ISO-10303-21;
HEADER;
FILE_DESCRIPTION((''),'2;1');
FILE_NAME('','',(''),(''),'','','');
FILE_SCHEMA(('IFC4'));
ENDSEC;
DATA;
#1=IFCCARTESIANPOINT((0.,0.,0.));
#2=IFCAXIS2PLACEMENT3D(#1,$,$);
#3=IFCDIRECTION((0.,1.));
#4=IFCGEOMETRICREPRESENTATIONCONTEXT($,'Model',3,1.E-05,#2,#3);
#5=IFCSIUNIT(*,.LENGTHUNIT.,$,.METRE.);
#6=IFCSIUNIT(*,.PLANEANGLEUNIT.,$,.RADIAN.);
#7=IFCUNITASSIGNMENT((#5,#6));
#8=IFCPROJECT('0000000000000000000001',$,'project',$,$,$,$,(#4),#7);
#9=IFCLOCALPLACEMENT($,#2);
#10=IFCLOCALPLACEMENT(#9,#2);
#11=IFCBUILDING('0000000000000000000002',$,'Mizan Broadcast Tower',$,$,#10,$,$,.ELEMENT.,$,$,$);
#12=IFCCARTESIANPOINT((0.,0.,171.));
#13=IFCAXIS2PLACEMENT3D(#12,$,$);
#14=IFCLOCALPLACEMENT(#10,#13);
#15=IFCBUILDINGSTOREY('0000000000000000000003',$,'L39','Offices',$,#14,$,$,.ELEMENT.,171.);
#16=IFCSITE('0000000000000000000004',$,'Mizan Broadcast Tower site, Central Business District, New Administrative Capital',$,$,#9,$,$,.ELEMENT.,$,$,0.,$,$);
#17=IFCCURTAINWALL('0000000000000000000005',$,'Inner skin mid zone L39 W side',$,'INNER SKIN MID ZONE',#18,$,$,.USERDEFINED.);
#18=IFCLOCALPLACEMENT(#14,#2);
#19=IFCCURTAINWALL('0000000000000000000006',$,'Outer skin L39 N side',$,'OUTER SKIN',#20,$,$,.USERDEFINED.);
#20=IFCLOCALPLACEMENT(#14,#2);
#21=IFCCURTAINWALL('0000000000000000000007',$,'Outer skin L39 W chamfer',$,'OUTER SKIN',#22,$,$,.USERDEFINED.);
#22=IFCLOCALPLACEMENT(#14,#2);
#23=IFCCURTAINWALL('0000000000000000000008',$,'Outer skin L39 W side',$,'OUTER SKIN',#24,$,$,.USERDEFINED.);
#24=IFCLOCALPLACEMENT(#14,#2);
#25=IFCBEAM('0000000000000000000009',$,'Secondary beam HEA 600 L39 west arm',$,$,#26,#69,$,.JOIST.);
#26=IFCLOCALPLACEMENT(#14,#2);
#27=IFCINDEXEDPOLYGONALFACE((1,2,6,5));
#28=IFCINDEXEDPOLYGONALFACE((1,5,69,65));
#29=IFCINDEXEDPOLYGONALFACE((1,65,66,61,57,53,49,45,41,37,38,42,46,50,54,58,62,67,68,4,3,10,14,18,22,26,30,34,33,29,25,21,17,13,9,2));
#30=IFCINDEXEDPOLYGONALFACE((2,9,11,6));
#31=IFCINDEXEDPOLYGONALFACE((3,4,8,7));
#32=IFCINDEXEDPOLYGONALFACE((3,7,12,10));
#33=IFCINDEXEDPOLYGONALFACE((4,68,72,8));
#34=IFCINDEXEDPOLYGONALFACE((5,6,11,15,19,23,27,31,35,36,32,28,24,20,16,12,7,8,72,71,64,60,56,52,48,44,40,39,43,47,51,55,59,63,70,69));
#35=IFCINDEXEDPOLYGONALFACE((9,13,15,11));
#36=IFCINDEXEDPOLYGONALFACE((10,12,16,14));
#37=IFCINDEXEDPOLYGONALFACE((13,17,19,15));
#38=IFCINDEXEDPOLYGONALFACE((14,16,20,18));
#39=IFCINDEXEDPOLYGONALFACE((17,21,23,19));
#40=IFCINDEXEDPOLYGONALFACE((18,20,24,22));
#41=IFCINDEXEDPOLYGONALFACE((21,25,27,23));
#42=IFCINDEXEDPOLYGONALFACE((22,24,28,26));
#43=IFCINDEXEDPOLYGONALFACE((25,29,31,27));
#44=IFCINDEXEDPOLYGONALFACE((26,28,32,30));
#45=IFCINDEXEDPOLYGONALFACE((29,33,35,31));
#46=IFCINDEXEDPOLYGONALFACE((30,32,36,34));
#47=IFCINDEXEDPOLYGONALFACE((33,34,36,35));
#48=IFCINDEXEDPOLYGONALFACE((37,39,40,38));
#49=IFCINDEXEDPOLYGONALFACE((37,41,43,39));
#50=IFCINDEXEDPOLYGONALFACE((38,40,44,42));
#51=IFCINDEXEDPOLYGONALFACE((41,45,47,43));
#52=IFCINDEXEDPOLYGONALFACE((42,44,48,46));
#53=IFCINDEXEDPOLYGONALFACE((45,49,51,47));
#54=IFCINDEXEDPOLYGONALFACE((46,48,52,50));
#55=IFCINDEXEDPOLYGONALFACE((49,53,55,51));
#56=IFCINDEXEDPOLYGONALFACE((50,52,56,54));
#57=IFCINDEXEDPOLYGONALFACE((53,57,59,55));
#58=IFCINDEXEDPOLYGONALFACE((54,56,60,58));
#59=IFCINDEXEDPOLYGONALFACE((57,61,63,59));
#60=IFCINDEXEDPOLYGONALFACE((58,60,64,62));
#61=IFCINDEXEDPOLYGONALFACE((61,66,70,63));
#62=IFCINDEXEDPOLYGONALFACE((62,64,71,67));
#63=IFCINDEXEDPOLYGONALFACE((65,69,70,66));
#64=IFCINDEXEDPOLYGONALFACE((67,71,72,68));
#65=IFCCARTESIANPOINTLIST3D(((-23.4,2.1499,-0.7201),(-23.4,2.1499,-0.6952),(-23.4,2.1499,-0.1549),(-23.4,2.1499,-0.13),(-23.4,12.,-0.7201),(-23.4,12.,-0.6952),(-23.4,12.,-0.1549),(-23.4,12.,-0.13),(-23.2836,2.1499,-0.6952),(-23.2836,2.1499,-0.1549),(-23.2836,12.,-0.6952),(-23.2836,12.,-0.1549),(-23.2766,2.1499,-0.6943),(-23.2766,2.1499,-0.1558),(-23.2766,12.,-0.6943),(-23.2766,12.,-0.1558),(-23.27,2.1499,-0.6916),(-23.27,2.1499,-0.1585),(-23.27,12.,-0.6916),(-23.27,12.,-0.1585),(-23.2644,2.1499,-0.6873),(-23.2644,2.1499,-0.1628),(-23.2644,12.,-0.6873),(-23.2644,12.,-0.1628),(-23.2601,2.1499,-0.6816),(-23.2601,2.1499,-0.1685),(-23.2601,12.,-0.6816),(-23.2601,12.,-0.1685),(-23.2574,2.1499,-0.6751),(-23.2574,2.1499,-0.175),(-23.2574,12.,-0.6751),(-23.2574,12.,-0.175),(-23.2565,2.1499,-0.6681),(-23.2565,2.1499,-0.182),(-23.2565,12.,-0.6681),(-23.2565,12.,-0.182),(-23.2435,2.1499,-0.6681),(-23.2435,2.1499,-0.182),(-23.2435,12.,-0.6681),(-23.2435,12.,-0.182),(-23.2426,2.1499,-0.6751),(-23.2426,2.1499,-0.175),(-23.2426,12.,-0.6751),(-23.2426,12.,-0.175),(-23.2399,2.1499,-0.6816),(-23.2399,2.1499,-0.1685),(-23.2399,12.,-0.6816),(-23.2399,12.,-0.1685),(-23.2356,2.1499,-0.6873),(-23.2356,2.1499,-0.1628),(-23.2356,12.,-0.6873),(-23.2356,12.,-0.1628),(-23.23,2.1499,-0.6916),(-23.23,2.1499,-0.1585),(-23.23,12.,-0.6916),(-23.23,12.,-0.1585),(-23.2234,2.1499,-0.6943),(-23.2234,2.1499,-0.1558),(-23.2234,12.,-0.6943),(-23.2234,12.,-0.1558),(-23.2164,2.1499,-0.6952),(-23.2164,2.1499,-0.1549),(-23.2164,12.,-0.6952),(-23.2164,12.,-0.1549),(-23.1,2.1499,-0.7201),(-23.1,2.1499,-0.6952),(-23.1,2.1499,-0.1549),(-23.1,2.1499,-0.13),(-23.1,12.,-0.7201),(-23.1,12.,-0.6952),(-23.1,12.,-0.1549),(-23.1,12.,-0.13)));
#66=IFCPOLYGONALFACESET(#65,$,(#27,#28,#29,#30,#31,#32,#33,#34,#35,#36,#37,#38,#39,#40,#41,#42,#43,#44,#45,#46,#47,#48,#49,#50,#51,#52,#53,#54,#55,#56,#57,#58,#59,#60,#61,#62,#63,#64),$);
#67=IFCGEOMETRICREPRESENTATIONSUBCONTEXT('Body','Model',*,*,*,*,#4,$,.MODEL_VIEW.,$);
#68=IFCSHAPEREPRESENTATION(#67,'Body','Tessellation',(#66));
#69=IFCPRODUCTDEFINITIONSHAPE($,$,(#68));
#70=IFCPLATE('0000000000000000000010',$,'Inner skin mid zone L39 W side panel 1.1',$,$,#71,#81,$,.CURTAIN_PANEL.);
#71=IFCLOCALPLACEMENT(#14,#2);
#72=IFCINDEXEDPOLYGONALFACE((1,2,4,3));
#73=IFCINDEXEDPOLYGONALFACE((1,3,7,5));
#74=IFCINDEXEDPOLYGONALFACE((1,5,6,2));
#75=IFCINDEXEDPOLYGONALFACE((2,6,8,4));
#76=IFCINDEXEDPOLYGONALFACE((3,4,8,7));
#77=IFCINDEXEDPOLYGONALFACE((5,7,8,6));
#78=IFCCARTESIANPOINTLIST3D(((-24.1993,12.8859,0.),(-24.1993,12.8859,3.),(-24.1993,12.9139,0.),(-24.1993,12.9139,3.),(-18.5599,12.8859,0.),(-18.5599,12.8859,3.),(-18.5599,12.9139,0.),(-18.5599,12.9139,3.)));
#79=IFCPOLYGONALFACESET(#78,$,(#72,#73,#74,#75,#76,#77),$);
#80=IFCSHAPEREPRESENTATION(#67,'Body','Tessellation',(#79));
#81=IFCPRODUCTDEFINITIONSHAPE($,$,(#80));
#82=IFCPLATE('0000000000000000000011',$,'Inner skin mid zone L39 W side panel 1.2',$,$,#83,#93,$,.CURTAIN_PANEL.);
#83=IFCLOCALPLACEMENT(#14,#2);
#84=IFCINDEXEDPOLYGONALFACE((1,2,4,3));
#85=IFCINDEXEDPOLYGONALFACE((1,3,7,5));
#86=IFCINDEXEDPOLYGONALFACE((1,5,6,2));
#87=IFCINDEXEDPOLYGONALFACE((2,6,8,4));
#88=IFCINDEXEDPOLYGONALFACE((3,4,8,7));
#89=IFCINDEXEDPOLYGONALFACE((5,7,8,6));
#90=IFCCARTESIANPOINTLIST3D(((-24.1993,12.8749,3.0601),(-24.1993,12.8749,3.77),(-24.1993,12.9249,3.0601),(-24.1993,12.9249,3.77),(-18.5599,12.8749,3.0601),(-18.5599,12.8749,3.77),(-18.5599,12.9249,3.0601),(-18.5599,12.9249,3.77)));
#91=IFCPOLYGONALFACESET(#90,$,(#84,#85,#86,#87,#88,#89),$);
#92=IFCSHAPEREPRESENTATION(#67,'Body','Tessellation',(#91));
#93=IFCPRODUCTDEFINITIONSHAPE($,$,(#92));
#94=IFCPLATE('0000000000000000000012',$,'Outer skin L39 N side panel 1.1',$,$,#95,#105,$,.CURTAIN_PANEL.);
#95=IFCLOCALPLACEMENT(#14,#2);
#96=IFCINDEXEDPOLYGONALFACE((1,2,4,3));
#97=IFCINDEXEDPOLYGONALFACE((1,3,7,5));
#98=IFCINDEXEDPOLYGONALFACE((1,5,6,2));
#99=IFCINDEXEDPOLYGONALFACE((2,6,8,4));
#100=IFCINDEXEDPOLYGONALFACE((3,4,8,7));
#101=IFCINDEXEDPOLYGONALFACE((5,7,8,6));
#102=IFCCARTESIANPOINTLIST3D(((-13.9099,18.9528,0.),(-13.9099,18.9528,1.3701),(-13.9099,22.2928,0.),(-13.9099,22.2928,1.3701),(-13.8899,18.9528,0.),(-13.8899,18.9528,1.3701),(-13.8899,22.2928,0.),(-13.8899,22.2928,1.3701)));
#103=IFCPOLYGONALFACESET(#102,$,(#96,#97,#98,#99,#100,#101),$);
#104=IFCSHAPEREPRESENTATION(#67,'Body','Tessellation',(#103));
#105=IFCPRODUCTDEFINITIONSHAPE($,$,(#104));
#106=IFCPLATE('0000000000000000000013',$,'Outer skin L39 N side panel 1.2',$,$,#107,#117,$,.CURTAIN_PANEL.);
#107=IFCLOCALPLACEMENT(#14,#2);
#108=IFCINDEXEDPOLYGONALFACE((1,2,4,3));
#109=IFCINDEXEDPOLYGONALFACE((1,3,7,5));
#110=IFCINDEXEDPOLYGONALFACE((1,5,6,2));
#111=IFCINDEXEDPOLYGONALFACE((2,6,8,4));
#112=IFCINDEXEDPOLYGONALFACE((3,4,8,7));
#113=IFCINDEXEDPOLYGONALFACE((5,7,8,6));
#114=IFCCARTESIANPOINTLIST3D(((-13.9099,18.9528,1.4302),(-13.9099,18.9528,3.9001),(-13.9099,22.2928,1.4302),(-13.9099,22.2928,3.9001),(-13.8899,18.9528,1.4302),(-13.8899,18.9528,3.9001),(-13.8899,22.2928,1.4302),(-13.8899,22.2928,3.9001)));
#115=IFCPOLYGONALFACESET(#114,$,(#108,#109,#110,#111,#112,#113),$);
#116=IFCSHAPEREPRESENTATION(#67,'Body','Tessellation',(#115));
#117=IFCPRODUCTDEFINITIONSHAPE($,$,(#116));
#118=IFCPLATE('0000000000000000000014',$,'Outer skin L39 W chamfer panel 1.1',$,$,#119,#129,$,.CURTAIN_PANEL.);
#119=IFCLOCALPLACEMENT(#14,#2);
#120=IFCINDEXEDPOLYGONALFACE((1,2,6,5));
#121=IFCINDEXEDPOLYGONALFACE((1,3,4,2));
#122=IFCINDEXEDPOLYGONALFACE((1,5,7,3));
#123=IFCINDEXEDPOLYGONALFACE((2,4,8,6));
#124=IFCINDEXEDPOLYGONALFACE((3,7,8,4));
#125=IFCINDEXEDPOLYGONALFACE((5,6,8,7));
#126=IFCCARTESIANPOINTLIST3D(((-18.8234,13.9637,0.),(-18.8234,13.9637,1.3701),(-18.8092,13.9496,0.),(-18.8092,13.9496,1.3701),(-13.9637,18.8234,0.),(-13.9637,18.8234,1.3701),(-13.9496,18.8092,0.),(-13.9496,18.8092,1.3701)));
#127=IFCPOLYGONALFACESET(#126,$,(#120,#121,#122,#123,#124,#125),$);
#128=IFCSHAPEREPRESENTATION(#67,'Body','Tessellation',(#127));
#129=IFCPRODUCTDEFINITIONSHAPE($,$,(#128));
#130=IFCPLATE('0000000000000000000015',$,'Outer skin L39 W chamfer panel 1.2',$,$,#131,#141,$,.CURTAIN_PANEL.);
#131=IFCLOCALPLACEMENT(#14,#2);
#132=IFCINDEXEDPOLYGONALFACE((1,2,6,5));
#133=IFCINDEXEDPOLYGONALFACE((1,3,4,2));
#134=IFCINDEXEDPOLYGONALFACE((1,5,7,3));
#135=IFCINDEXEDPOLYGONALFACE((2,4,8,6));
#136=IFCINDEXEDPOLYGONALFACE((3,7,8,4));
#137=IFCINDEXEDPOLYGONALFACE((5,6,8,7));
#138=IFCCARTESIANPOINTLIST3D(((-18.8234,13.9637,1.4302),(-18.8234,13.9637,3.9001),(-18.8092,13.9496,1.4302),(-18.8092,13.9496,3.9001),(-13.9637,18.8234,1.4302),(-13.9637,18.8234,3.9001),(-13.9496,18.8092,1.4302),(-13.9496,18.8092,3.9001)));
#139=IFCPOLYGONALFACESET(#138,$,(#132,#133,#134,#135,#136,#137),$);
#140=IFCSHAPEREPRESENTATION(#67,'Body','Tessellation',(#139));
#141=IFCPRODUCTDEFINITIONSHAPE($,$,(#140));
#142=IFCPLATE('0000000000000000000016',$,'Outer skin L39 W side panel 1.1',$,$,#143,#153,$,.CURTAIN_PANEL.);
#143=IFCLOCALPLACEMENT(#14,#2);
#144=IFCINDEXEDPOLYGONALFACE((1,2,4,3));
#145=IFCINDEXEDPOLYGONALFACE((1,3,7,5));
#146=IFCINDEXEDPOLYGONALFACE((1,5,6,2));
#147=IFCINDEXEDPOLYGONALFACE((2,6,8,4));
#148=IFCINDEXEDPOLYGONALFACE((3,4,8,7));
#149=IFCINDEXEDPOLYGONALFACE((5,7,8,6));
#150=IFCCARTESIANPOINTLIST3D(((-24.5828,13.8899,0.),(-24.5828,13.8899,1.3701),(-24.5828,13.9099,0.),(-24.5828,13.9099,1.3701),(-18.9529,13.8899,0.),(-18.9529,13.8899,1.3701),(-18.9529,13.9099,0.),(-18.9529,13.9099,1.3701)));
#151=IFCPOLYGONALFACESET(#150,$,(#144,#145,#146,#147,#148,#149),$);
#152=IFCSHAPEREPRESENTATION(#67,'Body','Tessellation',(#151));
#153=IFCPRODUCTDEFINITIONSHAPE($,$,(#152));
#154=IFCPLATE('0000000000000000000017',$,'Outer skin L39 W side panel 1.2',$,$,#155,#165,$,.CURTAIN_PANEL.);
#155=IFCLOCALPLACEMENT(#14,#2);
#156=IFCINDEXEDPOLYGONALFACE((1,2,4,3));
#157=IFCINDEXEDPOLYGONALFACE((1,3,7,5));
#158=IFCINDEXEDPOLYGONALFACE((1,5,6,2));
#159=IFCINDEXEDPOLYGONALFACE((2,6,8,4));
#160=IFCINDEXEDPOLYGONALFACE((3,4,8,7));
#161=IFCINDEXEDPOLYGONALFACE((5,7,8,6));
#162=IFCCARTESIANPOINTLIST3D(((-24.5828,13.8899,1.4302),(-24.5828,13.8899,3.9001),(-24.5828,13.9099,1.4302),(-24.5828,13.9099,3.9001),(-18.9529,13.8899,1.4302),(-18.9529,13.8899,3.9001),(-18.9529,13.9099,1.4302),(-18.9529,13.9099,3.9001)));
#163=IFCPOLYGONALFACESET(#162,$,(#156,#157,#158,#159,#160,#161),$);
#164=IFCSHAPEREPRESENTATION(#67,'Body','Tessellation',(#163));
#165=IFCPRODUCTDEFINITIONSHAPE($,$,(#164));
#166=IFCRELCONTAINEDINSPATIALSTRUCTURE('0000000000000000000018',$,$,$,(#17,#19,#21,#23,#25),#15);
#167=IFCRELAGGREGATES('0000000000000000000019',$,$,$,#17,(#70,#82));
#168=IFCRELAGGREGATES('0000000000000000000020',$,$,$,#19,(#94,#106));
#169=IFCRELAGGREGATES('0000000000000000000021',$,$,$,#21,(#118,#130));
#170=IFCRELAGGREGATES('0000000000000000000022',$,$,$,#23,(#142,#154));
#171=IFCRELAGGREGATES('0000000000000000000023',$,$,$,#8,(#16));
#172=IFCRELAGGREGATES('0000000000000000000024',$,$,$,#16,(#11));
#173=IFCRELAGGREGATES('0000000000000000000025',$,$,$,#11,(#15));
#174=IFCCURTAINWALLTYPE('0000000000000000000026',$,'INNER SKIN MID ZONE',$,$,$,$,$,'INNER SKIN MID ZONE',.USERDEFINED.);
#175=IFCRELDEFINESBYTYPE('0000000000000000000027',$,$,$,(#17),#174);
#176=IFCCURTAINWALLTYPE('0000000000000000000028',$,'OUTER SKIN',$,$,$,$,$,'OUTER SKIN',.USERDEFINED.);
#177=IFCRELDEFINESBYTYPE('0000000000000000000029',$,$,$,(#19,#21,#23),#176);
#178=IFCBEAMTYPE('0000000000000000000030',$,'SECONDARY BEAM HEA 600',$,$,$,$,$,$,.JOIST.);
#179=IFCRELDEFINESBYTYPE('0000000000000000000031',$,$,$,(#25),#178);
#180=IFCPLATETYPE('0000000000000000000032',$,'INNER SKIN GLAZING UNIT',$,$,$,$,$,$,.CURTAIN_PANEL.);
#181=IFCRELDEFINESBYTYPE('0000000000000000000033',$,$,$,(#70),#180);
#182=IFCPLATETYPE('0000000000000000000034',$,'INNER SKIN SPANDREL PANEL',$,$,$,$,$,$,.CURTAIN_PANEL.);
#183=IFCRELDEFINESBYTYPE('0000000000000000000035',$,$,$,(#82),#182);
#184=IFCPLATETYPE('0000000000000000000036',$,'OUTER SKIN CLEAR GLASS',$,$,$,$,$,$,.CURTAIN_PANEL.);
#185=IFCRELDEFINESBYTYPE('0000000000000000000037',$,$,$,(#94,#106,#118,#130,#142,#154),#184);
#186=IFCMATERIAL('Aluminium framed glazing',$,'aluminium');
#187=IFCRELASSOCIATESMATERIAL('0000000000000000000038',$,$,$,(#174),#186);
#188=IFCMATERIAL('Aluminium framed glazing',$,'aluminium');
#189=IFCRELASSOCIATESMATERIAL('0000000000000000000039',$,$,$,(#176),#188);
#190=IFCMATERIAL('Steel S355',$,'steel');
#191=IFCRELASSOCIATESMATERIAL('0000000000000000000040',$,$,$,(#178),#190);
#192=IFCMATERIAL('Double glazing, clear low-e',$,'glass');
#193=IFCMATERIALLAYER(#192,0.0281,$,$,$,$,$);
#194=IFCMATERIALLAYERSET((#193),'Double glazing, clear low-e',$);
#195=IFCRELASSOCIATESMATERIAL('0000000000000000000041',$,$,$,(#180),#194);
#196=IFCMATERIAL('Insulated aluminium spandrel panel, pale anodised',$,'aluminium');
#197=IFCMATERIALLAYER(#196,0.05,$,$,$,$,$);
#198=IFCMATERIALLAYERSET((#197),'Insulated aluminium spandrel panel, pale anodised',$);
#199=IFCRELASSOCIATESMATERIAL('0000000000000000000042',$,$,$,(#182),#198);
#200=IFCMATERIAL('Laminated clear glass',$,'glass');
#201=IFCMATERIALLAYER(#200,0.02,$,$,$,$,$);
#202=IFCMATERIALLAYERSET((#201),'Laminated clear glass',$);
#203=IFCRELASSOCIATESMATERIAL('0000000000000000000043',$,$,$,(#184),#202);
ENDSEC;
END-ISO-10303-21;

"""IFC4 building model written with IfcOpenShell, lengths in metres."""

from ifc_helpers import new_model, si_unit, direction, frame, origin, origin_2d, place, context, subcontext, project, spatial, rectangle, i_section, extrude, material, layer, layer_set, material_profile, profile_set, type_object, element, aggregate, save


model = new_model("IFC4")

# Units and contexts
model_context = context("Model", 3, precision=1e-05, world=origin(), true_north=direction((0.0, 1.0)))
body_context = subcontext(model_context, "Body", "Model", "MODEL_VIEW")
ifc_project = project(units=[si_unit("LENGTHUNIT", "METRE"), si_unit("PLANEANGLEUNIT", "RADIAN")], contexts=[model_context])

# Site, building, storey
site_placement = place(None, origin())
site = spatial("IfcSite", under=ifc_project, at=site_placement, Name="Mizan Broadcast Tower site, Central Business District, New Administrative Capital", CompositionType="ELEMENT", RefElevation=0.0)
building_placement = place(site_placement, origin())
building = spatial("IfcBuilding", under=site, at=building_placement, Name="Mizan Broadcast Tower", CompositionType="ELEMENT")
storey_placement = place(building_placement, frame((0.0, 0.0, 171.0)))
storey = spatial("IfcBuildingStorey", under=building, at=storey_placement, Name="L39", Description="Offices", CompositionType="ELEMENT", Elevation=171.0)

# Curtain wall
ifc_material_1 = material(Name="Aluminium framed glazing", Category="aluminium")
curtain_wall_type_1 = type_object("IfcCurtainWallType", Name="INNER SKIN MID ZONE", ElementType="INNER SKIN MID ZONE", PredefinedType="USERDEFINED", material=ifc_material_1)
curtain_wall_1_placement = place(storey_placement, origin())
curtain_wall_1 = element("IfcCurtainWall", 1, at=curtain_wall_1_placement, inside=storey, type_object=curtain_wall_type_1, Name="Inner skin mid zone L39 W side", ObjectType="INNER SKIN MID ZONE", PredefinedType="USERDEFINED")

# Curtain walls
ifc_material_2 = material(Name="Aluminium framed glazing", Category="aluminium")
curtain_wall_type_2 = type_object("IfcCurtainWallType", Name="OUTER SKIN", ElementType="OUTER SKIN", PredefinedType="USERDEFINED", material=ifc_material_2)
curtain_wall_2_placement = place(storey_placement, origin())
curtain_wall_2 = element("IfcCurtainWall", 2, at=curtain_wall_2_placement, inside=storey, type_object=curtain_wall_type_2, Name="Outer skin L39 N side", ObjectType="OUTER SKIN", PredefinedType="USERDEFINED")
curtain_wall_3_placement = place(storey_placement, origin())
curtain_wall_3 = element("IfcCurtainWall", 3, at=curtain_wall_3_placement, inside=storey, type_object=curtain_wall_type_2, Name="Outer skin L39 W chamfer", ObjectType="OUTER SKIN", PredefinedType="USERDEFINED")
curtain_wall_4_placement = place(storey_placement, origin())
curtain_wall_4 = element("IfcCurtainWall", 4, at=curtain_wall_4_placement, inside=storey, type_object=curtain_wall_type_2, Name="Outer skin L39 W side", ObjectType="OUTER SKIN", PredefinedType="USERDEFINED")

# Beam
ifc_material_3 = material(Name="Steel S355", Category="steel")
ifc_material_profile_1 = material_profile(ifc_material_3, i_section(OverallWidth=0.3, OverallDepth=0.5901, WebThickness=0.0129, FlangeThickness=0.0249, FilletRadius=0.0271, at=origin_2d()), Name="HEA 600")
ifc_profile_set_1 = profile_set([ifc_material_profile_1], Name="Steel S355")
beam_type_1 = type_object("IfcBeamType", Name="SECONDARY BEAM HEA 600", PredefinedType="JOIST", material=ifc_profile_set_1)
for number, where, z_axis, x_axis, name in (
    (5, (-23.25, 12.0, -0.425), (0.0, -1.0, 0.0), (1.0, 0.0, 0.0), "Secondary beam HEA 600 L39 west arm"),
):
    element("IfcBeam", number, at=place(storey_placement, frame(where, z_axis=z_axis, x_axis=x_axis)), inside=storey, type_object=beam_type_1, Name=name, PredefinedType="JOIST", context=body_context, shape_type="SweptSolid", body=[
        extrude(i_section(OverallWidth=0.3, OverallDepth=0.5901, WebThickness=0.0129, FlangeThickness=0.0249, FilletRadius=0.0271, at=origin_2d()), origin(), (0.0, 0.0, 1.0), 9.8501),
    ])

# Plates
ifc_material_4 = material(Name="Double glazing, clear low-e", Category="glass")
ifc_layer_1 = layer(ifc_material_4, 0.0281)
ifc_layer_set_1 = layer_set([ifc_layer_1], Name="Double glazing, clear low-e")
plate_type_1 = type_object("IfcPlateType", Name="INNER SKIN GLAZING UNIT", PredefinedType="CURTAIN_PANEL", material=ifc_layer_set_1)
plate_1_placement = place(storey_placement, frame((-21.3796, 12.8999, 0.0), z_axis=(0.0, 0.0, 1.0), x_axis=(-1.0, 0.0, 0.0)))
plate_1 = element("IfcPlate", 6, at=plate_1_placement, type_object=plate_type_1, Name="Inner skin mid zone L39 W side panel 1.1", PredefinedType="CURTAIN_PANEL", context=body_context, shape_type="SweptSolid", body=[
    extrude(rectangle(XDim=5.6394, YDim=0.0281, at=origin_2d()), origin(), (0.0, 0.0, 1.0), 3.0),
])
ifc_material_5 = material(Name="Insulated aluminium spandrel panel, pale anodised", Category="aluminium")
ifc_layer_2 = layer(ifc_material_5, 0.05)
ifc_layer_set_2 = layer_set([ifc_layer_2], Name="Insulated aluminium spandrel panel, pale anodised")
plate_type_2 = type_object("IfcPlateType", Name="INNER SKIN SPANDREL PANEL", PredefinedType="CURTAIN_PANEL", material=ifc_layer_set_2)
plate_2_placement = place(storey_placement, frame((-21.3796, 12.8999, 3.0601), z_axis=(0.0, 0.0, 1.0), x_axis=(-1.0, 0.0, 0.0)))
plate_2 = element("IfcPlate", 7, at=plate_2_placement, type_object=plate_type_2, Name="Inner skin mid zone L39 W side panel 1.2", PredefinedType="CURTAIN_PANEL", context=body_context, shape_type="SweptSolid", body=[
    extrude(rectangle(XDim=5.6394, YDim=0.05, at=origin_2d()), origin(), (0.0, 0.0, 1.0), 0.71),
])
aggregate(curtain_wall_1, [plate_1, plate_2])
ifc_material_6 = material(Name="Laminated clear glass", Category="glass")
ifc_layer_3 = layer(ifc_material_6, 0.02)
ifc_layer_set_3 = layer_set([ifc_layer_3], Name="Laminated clear glass")
plate_type_3 = type_object("IfcPlateType", Name="OUTER SKIN CLEAR GLASS", PredefinedType="CURTAIN_PANEL", material=ifc_layer_set_3)
plate_3_placement = place(storey_placement, frame((-13.8999, 20.6228, 0.0), z_axis=(0.0, 0.0, 1.0), x_axis=(0.0, -1.0, 0.0)))
plate_3 = element("IfcPlate", 8, at=plate_3_placement, type_object=plate_type_3, Name="Outer skin L39 N side panel 1.1", PredefinedType="CURTAIN_PANEL", context=body_context, shape_type="SweptSolid", body=[
    extrude(rectangle(XDim=3.3401, YDim=0.02, at=origin_2d()), origin(), (0.0, 0.0, 1.0), 1.3701),
])
plate_4_placement = place(storey_placement, frame((-13.8999, 20.6228, 1.4302), z_axis=(0.0, 0.0, 1.0), x_axis=(0.0, -1.0, 0.0)))
plate_4 = element("IfcPlate", 9, at=plate_4_placement, type_object=plate_type_3, Name="Outer skin L39 N side panel 1.2", PredefinedType="CURTAIN_PANEL", context=body_context, shape_type="SweptSolid", body=[
    extrude(rectangle(XDim=3.3401, YDim=0.02, at=origin_2d()), origin(), (0.0, 0.0, 1.0), 2.47),
])
aggregate(curtain_wall_2, [plate_3, plate_4])
plate_5_placement = place(storey_placement, frame((-16.3865, 16.3865, 0.0), z_axis=(0.0, 0.0, 1.0), x_axis=(-0.707107, -0.707107, 0.0)))
plate_5 = element("IfcPlate", 10, at=plate_5_placement, type_object=plate_type_3, Name="Outer skin L39 W chamfer panel 1.1", PredefinedType="CURTAIN_PANEL", context=body_context, shape_type="SweptSolid", body=[
    extrude(rectangle(XDim=6.8726, YDim=0.02, at=origin_2d()), origin(), (0.0, 0.0, 1.0), 1.3701),
])
plate_6_placement = place(storey_placement, frame((-16.3865, 16.3865, 1.4302), z_axis=(0.0, 0.0, 1.0), x_axis=(-0.707107, -0.707107, 0.0)))
plate_6 = element("IfcPlate", 11, at=plate_6_placement, type_object=plate_type_3, Name="Outer skin L39 W chamfer panel 1.2", PredefinedType="CURTAIN_PANEL", context=body_context, shape_type="SweptSolid", body=[
    extrude(rectangle(XDim=6.8726, YDim=0.02, at=origin_2d()), origin(), (0.0, 0.0, 1.0), 2.47),
])
aggregate(curtain_wall_3, [plate_5, plate_6])
plate_7_placement = place(storey_placement, frame((-21.7678, 13.8999, 0.0), z_axis=(0.0, 0.0, 1.0), x_axis=(-1.0, 0.0, 0.0)))
plate_7 = element("IfcPlate", 12, at=plate_7_placement, type_object=plate_type_3, Name="Outer skin L39 W side panel 1.1", PredefinedType="CURTAIN_PANEL", context=body_context, shape_type="SweptSolid", body=[
    extrude(rectangle(XDim=5.6299, YDim=0.02, at=origin_2d()), origin(), (0.0, 0.0, 1.0), 1.3701),
])
plate_8_placement = place(storey_placement, frame((-21.7678, 13.8999, 1.4302), z_axis=(0.0, 0.0, 1.0), x_axis=(-1.0, 0.0, 0.0)))
plate_8 = element("IfcPlate", 13, at=plate_8_placement, type_object=plate_type_3, Name="Outer skin L39 W side panel 1.2", PredefinedType="CURTAIN_PANEL", context=body_context, shape_type="SweptSolid", body=[
    extrude(rectangle(XDim=5.6299, YDim=0.02, at=origin_2d()), origin(), (0.0, 0.0, 1.0), 2.47),
])
aggregate(curtain_wall_4, [plate_7, plate_8])

save(model, "model.ifc")
